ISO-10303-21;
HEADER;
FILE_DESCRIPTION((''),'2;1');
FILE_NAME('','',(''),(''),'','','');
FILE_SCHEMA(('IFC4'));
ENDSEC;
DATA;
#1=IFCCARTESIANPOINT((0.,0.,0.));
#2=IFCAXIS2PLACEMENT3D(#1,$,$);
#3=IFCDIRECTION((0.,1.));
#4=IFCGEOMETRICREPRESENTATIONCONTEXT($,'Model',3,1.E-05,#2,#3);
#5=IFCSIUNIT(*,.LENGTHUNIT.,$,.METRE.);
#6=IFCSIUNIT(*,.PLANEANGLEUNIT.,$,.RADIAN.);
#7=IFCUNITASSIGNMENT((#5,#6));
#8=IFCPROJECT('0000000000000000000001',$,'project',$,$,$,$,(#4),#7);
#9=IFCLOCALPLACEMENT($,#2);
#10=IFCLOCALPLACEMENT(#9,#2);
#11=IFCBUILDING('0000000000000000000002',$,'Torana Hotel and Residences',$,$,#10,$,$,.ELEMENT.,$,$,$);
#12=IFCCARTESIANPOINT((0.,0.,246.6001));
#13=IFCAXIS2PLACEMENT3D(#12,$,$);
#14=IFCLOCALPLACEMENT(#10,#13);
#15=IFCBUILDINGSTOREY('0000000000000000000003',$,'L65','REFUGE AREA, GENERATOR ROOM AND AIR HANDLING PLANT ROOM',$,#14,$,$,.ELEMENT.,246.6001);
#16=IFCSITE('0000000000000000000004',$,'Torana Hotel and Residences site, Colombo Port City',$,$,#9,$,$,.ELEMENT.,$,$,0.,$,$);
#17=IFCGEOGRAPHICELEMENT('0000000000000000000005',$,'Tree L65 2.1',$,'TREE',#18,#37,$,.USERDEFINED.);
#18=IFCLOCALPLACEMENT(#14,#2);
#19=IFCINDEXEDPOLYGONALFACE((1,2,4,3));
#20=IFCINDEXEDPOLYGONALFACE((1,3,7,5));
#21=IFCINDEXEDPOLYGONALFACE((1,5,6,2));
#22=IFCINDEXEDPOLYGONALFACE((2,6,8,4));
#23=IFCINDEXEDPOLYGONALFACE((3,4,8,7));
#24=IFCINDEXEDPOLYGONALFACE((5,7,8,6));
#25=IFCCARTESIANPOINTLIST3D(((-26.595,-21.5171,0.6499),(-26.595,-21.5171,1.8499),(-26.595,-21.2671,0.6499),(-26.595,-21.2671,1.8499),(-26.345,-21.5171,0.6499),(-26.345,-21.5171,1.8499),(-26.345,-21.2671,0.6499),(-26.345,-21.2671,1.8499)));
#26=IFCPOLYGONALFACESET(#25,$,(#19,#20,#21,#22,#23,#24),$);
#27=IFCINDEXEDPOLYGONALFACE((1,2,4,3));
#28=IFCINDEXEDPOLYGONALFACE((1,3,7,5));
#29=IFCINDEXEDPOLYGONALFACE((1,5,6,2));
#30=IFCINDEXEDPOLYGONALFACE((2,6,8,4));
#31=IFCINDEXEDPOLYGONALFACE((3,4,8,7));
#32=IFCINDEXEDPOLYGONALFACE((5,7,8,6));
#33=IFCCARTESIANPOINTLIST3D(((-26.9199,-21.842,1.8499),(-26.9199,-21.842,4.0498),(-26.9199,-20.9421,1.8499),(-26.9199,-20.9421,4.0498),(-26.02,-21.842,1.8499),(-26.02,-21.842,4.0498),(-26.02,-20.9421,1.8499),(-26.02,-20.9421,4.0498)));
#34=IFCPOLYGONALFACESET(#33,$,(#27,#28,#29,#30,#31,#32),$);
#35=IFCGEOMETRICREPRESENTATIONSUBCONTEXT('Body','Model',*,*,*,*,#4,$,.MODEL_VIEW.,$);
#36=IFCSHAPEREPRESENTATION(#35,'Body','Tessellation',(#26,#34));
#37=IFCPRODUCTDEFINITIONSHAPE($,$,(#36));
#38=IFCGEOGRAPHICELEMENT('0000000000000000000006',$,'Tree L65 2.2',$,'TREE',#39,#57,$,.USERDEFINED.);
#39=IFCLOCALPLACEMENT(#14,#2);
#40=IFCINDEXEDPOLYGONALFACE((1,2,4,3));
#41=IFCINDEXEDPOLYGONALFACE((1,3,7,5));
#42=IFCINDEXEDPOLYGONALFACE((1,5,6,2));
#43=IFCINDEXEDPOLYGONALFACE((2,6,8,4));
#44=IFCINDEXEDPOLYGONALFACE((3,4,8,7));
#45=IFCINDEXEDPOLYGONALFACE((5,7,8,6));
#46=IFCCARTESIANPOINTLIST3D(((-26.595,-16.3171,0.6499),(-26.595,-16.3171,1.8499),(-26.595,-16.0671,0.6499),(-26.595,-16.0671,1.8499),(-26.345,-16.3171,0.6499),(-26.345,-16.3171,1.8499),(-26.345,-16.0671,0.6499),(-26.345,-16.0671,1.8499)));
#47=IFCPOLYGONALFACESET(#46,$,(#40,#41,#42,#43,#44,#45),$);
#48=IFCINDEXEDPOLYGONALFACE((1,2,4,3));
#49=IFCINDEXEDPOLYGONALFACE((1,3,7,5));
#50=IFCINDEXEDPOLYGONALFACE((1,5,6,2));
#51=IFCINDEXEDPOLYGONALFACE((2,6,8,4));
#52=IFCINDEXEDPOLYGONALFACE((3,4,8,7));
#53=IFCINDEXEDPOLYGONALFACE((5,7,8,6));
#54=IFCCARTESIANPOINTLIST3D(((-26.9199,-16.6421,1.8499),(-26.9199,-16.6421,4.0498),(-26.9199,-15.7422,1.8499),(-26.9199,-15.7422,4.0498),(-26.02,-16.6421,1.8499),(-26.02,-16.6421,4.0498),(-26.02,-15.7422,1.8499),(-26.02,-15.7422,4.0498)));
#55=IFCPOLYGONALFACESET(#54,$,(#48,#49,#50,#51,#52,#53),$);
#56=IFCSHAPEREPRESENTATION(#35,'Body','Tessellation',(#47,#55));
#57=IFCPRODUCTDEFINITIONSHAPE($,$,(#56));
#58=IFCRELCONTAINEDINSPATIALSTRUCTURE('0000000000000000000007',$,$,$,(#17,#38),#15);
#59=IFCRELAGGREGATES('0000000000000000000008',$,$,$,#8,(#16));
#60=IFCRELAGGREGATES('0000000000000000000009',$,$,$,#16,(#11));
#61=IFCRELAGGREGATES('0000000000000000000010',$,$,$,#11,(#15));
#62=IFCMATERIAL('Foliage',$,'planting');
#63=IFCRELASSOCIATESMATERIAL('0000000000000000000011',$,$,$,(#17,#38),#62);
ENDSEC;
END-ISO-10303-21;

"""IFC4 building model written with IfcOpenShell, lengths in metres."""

from ifc_helpers import new_model, si_unit, direction, frame, origin, origin_2d, place, context, subcontext, project, spatial, rectangle, extrude, material, element, save


model = new_model("IFC4")

# Units and contexts
model_context = context("Model", 3, precision=1e-05, world=origin(), true_north=direction((0.0, 1.0)))
body_context = subcontext(model_context, "Body", "Model", "MODEL_VIEW")
ifc_project = project(units=[si_unit("LENGTHUNIT", "METRE"), si_unit("PLANEANGLEUNIT", "RADIAN")], contexts=[model_context])

# Site, building, storey
site_placement = place(None, origin())
site = spatial("IfcSite", under=ifc_project, at=site_placement, Name="Torana Hotel and Residences site, Colombo Port City", CompositionType="ELEMENT", RefElevation=0.0)
building_placement = place(site_placement, origin())
building = spatial("IfcBuilding", under=site, at=building_placement, Name="Torana Hotel and Residences", CompositionType="ELEMENT")
storey_placement = place(building_placement, frame((0.0, 0.0, 246.6001)))
storey = spatial("IfcBuildingStorey", under=building, at=storey_placement, Name="L65", Description="REFUGE AREA, GENERATOR ROOM AND AIR HANDLING PLANT ROOM", CompositionType="ELEMENT", Elevation=246.6001)

# Geographic elements
ifc_material_1 = material(Name="Foliage", Category="planting")
for number, where, z_axis, x_axis, name in (
    (1, (-26.47, -21.3921, 0.6499), (0.0, 0.0, 1.0), (1.0, 0.0, 0.0), "Tree L65 2.1"),
    (2, (-26.47, -16.1921, 0.6499), (0.0, 0.0, 1.0), (1.0, 0.0, 0.0), "Tree L65 2.2"),
):
    element("IfcGeographicElement", number, at=place(storey_placement, frame(where, z_axis=z_axis, x_axis=x_axis)), inside=storey, material=ifc_material_1, Name=name, ObjectType="TREE", PredefinedType="USERDEFINED", context=body_context, shape_type="SweptSolid", body=[
        extrude(rectangle(XDim=0.25, YDim=0.25, at=origin_2d()), origin(), (0.0, 0.0, 1.0), 1.2),
        extrude(rectangle(XDim=0.8999, YDim=0.8999, at=origin_2d()), frame((0.0, 0.0, 1.2)), (0.0, 0.0, 1.0), 2.2),
    ])

save(model, "model.ifc")
